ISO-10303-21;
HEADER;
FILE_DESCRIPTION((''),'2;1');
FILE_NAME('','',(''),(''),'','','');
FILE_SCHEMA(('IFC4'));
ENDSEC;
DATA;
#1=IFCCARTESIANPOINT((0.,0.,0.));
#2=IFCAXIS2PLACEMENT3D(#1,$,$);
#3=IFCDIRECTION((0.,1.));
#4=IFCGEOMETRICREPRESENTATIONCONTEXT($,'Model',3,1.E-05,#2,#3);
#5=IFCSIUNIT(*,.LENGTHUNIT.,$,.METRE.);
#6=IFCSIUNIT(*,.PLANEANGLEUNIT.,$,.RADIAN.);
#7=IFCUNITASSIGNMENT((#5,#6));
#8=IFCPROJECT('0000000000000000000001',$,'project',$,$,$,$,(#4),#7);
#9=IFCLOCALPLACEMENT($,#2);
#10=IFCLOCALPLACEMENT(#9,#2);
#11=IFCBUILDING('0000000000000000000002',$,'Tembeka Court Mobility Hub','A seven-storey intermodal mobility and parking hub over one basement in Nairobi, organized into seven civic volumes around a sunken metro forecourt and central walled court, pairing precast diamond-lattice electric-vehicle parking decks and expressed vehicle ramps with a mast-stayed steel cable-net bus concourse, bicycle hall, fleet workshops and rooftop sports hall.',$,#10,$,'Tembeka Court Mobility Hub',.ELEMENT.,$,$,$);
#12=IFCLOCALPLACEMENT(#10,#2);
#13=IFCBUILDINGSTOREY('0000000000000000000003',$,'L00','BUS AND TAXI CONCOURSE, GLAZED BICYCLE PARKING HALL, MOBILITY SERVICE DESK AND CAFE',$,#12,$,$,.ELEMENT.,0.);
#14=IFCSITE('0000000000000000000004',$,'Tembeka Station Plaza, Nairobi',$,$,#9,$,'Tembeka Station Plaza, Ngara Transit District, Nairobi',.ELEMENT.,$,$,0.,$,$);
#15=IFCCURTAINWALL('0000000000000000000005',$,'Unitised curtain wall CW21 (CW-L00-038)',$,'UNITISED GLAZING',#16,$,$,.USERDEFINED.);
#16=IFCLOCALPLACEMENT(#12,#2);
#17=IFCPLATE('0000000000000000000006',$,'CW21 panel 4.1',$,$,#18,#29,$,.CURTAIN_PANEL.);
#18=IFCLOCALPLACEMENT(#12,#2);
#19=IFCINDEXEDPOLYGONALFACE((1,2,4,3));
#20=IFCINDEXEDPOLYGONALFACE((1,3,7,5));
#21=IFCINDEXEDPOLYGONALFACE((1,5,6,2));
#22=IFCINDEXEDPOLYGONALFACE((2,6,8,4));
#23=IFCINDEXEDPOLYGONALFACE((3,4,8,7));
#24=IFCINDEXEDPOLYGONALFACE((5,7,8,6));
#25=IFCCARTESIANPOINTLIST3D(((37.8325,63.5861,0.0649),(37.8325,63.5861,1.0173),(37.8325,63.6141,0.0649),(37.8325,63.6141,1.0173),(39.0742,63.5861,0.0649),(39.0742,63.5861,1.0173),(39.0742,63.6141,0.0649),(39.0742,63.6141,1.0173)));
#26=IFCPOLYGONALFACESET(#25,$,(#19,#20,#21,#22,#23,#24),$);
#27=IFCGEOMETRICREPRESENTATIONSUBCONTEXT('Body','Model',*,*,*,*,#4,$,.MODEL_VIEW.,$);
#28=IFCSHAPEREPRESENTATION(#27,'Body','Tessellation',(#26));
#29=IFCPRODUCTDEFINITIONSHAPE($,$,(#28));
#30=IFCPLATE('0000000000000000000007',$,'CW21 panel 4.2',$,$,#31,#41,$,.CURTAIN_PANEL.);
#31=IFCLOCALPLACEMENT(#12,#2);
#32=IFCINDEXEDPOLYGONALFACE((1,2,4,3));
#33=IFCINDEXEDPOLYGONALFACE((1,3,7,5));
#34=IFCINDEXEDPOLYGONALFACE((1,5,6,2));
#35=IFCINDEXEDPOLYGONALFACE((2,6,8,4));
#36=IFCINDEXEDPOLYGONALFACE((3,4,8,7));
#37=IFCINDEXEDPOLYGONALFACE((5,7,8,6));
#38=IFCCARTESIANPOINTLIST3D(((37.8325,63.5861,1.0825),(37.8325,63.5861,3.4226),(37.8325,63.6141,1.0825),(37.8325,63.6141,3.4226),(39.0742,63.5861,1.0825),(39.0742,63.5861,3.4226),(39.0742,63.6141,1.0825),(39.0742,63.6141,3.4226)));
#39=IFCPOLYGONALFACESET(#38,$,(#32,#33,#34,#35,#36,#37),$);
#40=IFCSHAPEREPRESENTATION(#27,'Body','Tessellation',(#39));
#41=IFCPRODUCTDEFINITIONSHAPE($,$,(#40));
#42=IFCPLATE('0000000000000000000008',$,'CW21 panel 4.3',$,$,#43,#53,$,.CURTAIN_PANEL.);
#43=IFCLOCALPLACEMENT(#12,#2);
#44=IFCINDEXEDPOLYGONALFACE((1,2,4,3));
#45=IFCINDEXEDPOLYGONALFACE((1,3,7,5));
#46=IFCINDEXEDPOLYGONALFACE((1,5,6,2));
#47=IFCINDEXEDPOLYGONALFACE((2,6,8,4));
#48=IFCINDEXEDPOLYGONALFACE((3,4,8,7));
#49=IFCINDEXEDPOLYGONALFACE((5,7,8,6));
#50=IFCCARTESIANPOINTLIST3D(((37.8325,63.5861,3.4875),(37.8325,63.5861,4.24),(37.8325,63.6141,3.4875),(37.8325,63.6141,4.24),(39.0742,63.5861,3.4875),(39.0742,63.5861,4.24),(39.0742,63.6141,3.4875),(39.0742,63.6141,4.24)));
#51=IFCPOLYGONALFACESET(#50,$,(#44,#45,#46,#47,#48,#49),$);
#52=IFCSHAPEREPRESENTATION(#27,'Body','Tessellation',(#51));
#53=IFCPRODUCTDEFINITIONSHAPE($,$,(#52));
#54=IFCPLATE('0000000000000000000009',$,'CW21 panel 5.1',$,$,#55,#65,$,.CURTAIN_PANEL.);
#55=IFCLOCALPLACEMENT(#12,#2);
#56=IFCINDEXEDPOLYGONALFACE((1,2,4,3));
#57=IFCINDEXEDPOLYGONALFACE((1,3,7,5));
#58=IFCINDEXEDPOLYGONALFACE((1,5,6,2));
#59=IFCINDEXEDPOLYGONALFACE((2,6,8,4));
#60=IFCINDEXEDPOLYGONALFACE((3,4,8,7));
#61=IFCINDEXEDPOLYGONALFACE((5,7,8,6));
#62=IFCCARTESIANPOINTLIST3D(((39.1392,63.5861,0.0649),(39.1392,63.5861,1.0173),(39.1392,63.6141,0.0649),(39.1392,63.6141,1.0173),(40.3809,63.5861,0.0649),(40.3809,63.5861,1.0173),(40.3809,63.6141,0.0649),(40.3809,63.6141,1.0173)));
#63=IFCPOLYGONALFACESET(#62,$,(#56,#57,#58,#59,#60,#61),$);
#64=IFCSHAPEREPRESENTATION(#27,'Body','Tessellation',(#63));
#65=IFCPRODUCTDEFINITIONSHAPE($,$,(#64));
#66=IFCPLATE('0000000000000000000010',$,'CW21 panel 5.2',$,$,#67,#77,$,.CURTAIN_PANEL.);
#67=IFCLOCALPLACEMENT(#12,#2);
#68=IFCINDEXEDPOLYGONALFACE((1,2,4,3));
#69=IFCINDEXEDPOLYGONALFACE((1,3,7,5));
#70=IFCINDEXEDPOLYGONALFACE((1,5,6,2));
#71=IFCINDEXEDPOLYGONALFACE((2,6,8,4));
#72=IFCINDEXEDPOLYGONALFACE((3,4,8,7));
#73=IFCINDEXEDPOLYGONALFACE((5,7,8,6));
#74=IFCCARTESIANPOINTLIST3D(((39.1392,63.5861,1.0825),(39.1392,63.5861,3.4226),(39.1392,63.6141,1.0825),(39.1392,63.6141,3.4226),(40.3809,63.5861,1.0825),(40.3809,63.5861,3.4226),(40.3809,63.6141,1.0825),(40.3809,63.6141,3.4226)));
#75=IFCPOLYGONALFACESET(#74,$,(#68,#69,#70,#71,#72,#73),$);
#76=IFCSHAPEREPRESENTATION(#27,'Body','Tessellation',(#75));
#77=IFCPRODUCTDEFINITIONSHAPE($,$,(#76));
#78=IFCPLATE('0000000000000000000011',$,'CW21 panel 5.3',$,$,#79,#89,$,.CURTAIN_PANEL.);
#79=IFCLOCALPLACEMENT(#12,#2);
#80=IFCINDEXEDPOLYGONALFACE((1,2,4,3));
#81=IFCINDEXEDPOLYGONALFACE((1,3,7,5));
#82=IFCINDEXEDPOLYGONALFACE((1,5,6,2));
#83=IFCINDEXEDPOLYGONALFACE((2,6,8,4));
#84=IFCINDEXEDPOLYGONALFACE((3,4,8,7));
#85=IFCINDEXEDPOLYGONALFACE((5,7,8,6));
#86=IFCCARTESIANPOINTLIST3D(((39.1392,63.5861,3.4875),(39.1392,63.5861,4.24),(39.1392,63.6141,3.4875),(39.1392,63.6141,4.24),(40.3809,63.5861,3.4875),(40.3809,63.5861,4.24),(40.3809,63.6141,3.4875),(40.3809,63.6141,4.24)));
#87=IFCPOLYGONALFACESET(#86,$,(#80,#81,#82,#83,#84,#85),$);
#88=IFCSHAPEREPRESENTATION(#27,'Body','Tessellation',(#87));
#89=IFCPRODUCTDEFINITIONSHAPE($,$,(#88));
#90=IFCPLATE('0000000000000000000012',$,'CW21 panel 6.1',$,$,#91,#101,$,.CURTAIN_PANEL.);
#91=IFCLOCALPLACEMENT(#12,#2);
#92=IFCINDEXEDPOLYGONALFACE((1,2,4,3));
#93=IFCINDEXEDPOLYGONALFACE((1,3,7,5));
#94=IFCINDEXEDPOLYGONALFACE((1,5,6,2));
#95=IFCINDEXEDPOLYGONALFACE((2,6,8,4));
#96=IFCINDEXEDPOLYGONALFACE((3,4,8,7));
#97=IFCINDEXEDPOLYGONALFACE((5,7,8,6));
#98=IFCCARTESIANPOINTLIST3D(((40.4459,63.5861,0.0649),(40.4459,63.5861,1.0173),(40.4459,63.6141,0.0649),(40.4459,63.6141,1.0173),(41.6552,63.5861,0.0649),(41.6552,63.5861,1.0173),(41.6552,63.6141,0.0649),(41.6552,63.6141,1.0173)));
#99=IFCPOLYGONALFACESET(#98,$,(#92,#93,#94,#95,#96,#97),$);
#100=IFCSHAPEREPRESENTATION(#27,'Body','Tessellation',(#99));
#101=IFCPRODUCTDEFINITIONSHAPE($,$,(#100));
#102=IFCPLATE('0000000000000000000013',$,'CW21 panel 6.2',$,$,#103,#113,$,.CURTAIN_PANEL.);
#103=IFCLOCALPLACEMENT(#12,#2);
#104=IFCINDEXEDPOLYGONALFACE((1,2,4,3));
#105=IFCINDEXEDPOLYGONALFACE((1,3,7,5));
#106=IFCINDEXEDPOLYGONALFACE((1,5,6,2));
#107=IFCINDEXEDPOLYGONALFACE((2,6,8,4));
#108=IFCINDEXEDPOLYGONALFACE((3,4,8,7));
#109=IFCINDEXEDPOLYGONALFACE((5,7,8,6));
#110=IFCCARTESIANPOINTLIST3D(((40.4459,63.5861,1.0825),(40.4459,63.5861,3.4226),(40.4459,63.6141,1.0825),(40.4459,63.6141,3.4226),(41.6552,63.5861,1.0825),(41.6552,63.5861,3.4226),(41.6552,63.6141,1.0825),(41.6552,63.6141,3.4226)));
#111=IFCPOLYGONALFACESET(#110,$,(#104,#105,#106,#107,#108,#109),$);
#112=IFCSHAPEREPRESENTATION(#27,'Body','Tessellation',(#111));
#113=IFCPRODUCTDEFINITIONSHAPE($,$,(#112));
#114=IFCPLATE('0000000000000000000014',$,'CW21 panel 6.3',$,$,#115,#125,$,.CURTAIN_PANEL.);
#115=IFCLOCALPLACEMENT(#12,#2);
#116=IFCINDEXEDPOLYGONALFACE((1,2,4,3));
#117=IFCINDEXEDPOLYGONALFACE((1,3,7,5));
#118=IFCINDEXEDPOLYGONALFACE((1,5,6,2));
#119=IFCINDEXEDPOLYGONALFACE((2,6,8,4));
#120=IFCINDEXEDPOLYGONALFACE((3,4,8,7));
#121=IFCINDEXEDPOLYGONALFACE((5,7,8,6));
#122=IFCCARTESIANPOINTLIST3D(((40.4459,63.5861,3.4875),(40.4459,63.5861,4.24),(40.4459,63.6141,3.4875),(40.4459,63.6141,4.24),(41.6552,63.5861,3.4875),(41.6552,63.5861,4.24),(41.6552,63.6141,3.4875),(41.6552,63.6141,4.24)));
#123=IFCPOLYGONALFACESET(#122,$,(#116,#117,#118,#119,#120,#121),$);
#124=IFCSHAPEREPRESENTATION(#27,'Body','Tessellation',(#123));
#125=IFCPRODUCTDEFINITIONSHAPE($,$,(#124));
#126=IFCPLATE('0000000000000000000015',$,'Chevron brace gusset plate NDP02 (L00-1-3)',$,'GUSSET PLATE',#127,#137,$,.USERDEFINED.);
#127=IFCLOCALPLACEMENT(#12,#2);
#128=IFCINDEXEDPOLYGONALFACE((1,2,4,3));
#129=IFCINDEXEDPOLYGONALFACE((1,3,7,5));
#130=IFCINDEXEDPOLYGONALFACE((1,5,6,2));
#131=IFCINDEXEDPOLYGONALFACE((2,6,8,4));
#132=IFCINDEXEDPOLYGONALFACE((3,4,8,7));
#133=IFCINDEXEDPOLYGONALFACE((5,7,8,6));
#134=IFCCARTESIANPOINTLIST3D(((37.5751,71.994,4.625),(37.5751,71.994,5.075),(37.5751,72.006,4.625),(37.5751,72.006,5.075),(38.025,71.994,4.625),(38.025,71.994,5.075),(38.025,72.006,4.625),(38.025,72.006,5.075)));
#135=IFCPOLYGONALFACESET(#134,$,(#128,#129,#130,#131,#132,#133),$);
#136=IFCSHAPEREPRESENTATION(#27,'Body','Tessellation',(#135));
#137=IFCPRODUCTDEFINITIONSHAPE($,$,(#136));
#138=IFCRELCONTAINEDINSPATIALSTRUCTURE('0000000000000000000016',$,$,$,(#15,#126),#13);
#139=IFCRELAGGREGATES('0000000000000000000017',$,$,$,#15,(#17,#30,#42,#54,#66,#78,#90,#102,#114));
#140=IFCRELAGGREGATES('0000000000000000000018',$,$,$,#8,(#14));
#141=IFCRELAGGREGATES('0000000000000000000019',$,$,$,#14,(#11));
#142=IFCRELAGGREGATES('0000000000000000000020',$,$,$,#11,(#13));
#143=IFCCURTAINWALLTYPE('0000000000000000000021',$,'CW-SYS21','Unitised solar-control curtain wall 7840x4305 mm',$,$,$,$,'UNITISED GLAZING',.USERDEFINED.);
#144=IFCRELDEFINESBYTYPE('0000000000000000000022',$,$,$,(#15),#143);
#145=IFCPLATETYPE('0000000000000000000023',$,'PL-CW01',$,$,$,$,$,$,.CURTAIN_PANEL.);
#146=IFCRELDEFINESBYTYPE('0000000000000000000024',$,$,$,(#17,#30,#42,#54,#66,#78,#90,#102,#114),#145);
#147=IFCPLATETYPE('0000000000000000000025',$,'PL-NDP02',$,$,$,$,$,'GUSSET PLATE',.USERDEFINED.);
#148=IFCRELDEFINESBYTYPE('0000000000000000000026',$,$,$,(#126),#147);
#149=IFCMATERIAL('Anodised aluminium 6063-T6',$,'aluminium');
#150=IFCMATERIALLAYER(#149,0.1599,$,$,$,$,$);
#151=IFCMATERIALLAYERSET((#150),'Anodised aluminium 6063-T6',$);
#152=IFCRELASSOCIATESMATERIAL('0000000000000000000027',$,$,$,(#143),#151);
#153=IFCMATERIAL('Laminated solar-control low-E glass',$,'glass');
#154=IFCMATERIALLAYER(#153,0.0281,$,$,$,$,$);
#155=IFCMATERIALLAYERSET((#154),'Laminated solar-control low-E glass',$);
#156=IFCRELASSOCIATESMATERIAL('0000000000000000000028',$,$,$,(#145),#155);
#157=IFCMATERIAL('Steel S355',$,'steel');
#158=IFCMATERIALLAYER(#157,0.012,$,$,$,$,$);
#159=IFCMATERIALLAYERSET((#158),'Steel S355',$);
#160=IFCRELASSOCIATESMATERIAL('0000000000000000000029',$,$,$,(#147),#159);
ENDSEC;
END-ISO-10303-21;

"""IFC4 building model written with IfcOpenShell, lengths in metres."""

from ifc_helpers import new_model, si_unit, direction, frame, origin, origin_2d, place, context, subcontext, project, spatial, rectangle, extrude, material, layer, layer_set, type_object, element, aggregate, save


model = new_model("IFC4")

# Units and contexts
model_context = context("Model", 3, precision=1e-05, world=origin(), true_north=direction((0.0, 1.0)))
body_context = subcontext(model_context, "Body", "Model", "MODEL_VIEW")
ifc_project = project(units=[si_unit("LENGTHUNIT", "METRE"), si_unit("PLANEANGLEUNIT", "RADIAN")], contexts=[model_context])

# Site, building, storey
site_placement = place(None, origin())
site = spatial("IfcSite", under=ifc_project, at=site_placement, Name="Tembeka Station Plaza, Nairobi", LongName="Tembeka Station Plaza, Ngara Transit District, Nairobi", CompositionType="ELEMENT", RefElevation=0.0)
building_placement = place(site_placement, origin())
building = spatial("IfcBuilding", under=site, at=building_placement, Name="Tembeka Court Mobility Hub", Description="A seven-storey intermodal mobility and parking hub over one basement in Nairobi, organized into seven civic volumes around a sunken metro forecourt and central walled court, pairing precast diamond-lattice electric-vehicle parking decks and expressed vehicle ramps with a mast-stayed steel cable-net bus concourse, bicycle hall, fleet workshops and rooftop sports hall.", LongName="Tembeka Court Mobility Hub", CompositionType="ELEMENT")
storey_placement = place(building_placement, origin())
storey = spatial("IfcBuildingStorey", under=building, at=storey_placement, Name="L00", Description="BUS AND TAXI CONCOURSE, GLAZED BICYCLE PARKING HALL, MOBILITY SERVICE DESK AND CAFE", CompositionType="ELEMENT", Elevation=0.0)

# Shared definitions
ifc_material_1 = material(Name="Steel S355", Category="steel")

# Curtain wall, plates
ifc_material_2 = material(Name="Anodised aluminium 6063-T6", Category="aluminium")
ifc_layer_1 = layer(ifc_material_2, 0.1599)
ifc_layer_set_1 = layer_set([ifc_layer_1], Name="Anodised aluminium 6063-T6")
curtain_wall_type = type_object("IfcCurtainWallType", Name="CW-SYS21", Description="Unitised solar-control curtain wall 7840x4305 mm", ElementType="UNITISED GLAZING", PredefinedType="USERDEFINED", material=ifc_layer_set_1)
curtain_wall_placement = place(storey_placement, origin())
curtain_wall = element("IfcCurtainWall", 1, at=curtain_wall_placement, inside=storey, type_object=curtain_wall_type, Name="Unitised curtain wall CW21 (CW-L00-038)", ObjectType="UNITISED GLAZING", PredefinedType="USERDEFINED")
ifc_material_3 = material(Name="Laminated solar-control low-E glass", Category="glass")
ifc_layer_2 = layer(ifc_material_3, 0.0281)
ifc_layer_set_2 = layer_set([ifc_layer_2], Name="Laminated solar-control low-E glass")
plate_type_1 = type_object("IfcPlateType", Name="PL-CW01", PredefinedType="CURTAIN_PANEL", material=ifc_layer_set_2)
plate_1_placement = place(storey_placement, frame((38.4534, 63.6001, 0.0649), z_axis=(0.0, 0.0, 1.0), x_axis=(1.0, 0.0, 0.0)))
plate_1 = element("IfcPlate", 2, at=plate_1_placement, type_object=plate_type_1, Name="CW21 panel 4.1", PredefinedType="CURTAIN_PANEL", context=body_context, shape_type="SweptSolid", body=[
    extrude(rectangle(XDim=1.2417, YDim=0.0281, at=origin_2d()), origin(), (0.0, 0.0, 1.0), 0.9524),
])
plate_2_placement = place(storey_placement, frame((38.4534, 63.6001, 1.0825), z_axis=(0.0, 0.0, 1.0), x_axis=(1.0, 0.0, 0.0)))
plate_2 = element("IfcPlate", 3, at=plate_2_placement, type_object=plate_type_1, Name="CW21 panel 4.2", PredefinedType="CURTAIN_PANEL", context=body_context, shape_type="SweptSolid", body=[
    extrude(rectangle(XDim=1.2417, YDim=0.0281, at=origin_2d()), origin(), (0.0, 0.0, 1.0), 2.3401),
])
plate_3_placement = place(storey_placement, frame((38.4534, 63.6001, 3.4875), z_axis=(0.0, 0.0, 1.0), x_axis=(1.0, 0.0, 0.0)))
plate_3 = element("IfcPlate", 4, at=plate_3_placement, type_object=plate_type_1, Name="CW21 panel 4.3", PredefinedType="CURTAIN_PANEL", context=body_context, shape_type="SweptSolid", body=[
    extrude(rectangle(XDim=1.2417, YDim=0.0281, at=origin_2d()), origin(), (0.0, 0.0, 1.0), 0.7524),
])
plate_4_placement = place(storey_placement, frame((39.76, 63.6001, 0.0649), z_axis=(0.0, 0.0, 1.0), x_axis=(1.0, 0.0, 0.0)))
plate_4 = element("IfcPlate", 5, at=plate_4_placement, type_object=plate_type_1, Name="CW21 panel 5.1", PredefinedType="CURTAIN_PANEL", context=body_context, shape_type="SweptSolid", body=[
    extrude(rectangle(XDim=1.2417, YDim=0.0281, at=origin_2d()), origin(), (0.0, 0.0, 1.0), 0.9524),
])
plate_5_placement = place(storey_placement, frame((39.76, 63.6001, 1.0825), z_axis=(0.0, 0.0, 1.0), x_axis=(1.0, 0.0, 0.0)))
plate_5 = element("IfcPlate", 6, at=plate_5_placement, type_object=plate_type_1, Name="CW21 panel 5.2", PredefinedType="CURTAIN_PANEL", context=body_context, shape_type="SweptSolid", body=[
    extrude(rectangle(XDim=1.2417, YDim=0.0281, at=origin_2d()), origin(), (0.0, 0.0, 1.0), 2.3401),
])
plate_6_placement = place(storey_placement, frame((39.76, 63.6001, 3.4875), z_axis=(0.0, 0.0, 1.0), x_axis=(1.0, 0.0, 0.0)))
plate_6 = element("IfcPlate", 7, at=plate_6_placement, type_object=plate_type_1, Name="CW21 panel 5.3", PredefinedType="CURTAIN_PANEL", context=body_context, shape_type="SweptSolid", body=[
    extrude(rectangle(XDim=1.2417, YDim=0.0281, at=origin_2d()), origin(), (0.0, 0.0, 1.0), 0.7524),
])
plate_7_placement = place(storey_placement, frame((41.0505, 63.6001, 0.0649), z_axis=(0.0, 0.0, 1.0), x_axis=(1.0, 0.0, 0.0)))
plate_7 = element("IfcPlate", 8, at=plate_7_placement, type_object=plate_type_1, Name="CW21 panel 6.1", PredefinedType="CURTAIN_PANEL", context=body_context, shape_type="SweptSolid", body=[
    extrude(rectangle(XDim=1.2092, YDim=0.0281, at=origin_2d()), origin(), (0.0, 0.0, 1.0), 0.9524),
])
plate_8_placement = place(storey_placement, frame((41.0505, 63.6001, 1.0825), z_axis=(0.0, 0.0, 1.0), x_axis=(1.0, 0.0, 0.0)))
plate_8 = element("IfcPlate", 9, at=plate_8_placement, type_object=plate_type_1, Name="CW21 panel 6.2", PredefinedType="CURTAIN_PANEL", context=body_context, shape_type="SweptSolid", body=[
    extrude(rectangle(XDim=1.2092, YDim=0.0281, at=origin_2d()), origin(), (0.0, 0.0, 1.0), 2.3401),
])
plate_9_placement = place(storey_placement, frame((41.0505, 63.6001, 3.4875), z_axis=(0.0, 0.0, 1.0), x_axis=(1.0, 0.0, 0.0)))
plate_9 = element("IfcPlate", 10, at=plate_9_placement, type_object=plate_type_1, Name="CW21 panel 6.3", PredefinedType="CURTAIN_PANEL", context=body_context, shape_type="SweptSolid", body=[
    extrude(rectangle(XDim=1.2092, YDim=0.0281, at=origin_2d()), origin(), (0.0, 0.0, 1.0), 0.7524),
])
aggregate(curtain_wall, [plate_1, plate_2, plate_3, plate_4, plate_5, plate_6, plate_7, plate_8, plate_9])

# Plate
ifc_layer_3 = layer(ifc_material_1, 0.012)
ifc_layer_set_3 = layer_set([ifc_layer_3], Name="Steel S355")
plate_type_2 = type_object("IfcPlateType", Name="PL-NDP02", ElementType="GUSSET PLATE", PredefinedType="USERDEFINED", material=ifc_layer_set_3)
plate_10_placement = place(storey_placement, frame((37.8, 72.0, 4.625), z_axis=(0.0, 0.0, 1.0), x_axis=(1.0, 0.0, 0.0)))
element("IfcPlate", 11, at=plate_10_placement, inside=storey, type_object=plate_type_2, Name="Chevron brace gusset plate NDP02 (L00-1-3)", ObjectType="GUSSET PLATE", PredefinedType="USERDEFINED", context=body_context, shape_type="SweptSolid", body=[
    extrude(rectangle(XDim=0.45, YDim=0.012, at=origin_2d()), origin(), (0.0, 0.0, 1.0), 0.45),
])

save(model, "model.ifc")
